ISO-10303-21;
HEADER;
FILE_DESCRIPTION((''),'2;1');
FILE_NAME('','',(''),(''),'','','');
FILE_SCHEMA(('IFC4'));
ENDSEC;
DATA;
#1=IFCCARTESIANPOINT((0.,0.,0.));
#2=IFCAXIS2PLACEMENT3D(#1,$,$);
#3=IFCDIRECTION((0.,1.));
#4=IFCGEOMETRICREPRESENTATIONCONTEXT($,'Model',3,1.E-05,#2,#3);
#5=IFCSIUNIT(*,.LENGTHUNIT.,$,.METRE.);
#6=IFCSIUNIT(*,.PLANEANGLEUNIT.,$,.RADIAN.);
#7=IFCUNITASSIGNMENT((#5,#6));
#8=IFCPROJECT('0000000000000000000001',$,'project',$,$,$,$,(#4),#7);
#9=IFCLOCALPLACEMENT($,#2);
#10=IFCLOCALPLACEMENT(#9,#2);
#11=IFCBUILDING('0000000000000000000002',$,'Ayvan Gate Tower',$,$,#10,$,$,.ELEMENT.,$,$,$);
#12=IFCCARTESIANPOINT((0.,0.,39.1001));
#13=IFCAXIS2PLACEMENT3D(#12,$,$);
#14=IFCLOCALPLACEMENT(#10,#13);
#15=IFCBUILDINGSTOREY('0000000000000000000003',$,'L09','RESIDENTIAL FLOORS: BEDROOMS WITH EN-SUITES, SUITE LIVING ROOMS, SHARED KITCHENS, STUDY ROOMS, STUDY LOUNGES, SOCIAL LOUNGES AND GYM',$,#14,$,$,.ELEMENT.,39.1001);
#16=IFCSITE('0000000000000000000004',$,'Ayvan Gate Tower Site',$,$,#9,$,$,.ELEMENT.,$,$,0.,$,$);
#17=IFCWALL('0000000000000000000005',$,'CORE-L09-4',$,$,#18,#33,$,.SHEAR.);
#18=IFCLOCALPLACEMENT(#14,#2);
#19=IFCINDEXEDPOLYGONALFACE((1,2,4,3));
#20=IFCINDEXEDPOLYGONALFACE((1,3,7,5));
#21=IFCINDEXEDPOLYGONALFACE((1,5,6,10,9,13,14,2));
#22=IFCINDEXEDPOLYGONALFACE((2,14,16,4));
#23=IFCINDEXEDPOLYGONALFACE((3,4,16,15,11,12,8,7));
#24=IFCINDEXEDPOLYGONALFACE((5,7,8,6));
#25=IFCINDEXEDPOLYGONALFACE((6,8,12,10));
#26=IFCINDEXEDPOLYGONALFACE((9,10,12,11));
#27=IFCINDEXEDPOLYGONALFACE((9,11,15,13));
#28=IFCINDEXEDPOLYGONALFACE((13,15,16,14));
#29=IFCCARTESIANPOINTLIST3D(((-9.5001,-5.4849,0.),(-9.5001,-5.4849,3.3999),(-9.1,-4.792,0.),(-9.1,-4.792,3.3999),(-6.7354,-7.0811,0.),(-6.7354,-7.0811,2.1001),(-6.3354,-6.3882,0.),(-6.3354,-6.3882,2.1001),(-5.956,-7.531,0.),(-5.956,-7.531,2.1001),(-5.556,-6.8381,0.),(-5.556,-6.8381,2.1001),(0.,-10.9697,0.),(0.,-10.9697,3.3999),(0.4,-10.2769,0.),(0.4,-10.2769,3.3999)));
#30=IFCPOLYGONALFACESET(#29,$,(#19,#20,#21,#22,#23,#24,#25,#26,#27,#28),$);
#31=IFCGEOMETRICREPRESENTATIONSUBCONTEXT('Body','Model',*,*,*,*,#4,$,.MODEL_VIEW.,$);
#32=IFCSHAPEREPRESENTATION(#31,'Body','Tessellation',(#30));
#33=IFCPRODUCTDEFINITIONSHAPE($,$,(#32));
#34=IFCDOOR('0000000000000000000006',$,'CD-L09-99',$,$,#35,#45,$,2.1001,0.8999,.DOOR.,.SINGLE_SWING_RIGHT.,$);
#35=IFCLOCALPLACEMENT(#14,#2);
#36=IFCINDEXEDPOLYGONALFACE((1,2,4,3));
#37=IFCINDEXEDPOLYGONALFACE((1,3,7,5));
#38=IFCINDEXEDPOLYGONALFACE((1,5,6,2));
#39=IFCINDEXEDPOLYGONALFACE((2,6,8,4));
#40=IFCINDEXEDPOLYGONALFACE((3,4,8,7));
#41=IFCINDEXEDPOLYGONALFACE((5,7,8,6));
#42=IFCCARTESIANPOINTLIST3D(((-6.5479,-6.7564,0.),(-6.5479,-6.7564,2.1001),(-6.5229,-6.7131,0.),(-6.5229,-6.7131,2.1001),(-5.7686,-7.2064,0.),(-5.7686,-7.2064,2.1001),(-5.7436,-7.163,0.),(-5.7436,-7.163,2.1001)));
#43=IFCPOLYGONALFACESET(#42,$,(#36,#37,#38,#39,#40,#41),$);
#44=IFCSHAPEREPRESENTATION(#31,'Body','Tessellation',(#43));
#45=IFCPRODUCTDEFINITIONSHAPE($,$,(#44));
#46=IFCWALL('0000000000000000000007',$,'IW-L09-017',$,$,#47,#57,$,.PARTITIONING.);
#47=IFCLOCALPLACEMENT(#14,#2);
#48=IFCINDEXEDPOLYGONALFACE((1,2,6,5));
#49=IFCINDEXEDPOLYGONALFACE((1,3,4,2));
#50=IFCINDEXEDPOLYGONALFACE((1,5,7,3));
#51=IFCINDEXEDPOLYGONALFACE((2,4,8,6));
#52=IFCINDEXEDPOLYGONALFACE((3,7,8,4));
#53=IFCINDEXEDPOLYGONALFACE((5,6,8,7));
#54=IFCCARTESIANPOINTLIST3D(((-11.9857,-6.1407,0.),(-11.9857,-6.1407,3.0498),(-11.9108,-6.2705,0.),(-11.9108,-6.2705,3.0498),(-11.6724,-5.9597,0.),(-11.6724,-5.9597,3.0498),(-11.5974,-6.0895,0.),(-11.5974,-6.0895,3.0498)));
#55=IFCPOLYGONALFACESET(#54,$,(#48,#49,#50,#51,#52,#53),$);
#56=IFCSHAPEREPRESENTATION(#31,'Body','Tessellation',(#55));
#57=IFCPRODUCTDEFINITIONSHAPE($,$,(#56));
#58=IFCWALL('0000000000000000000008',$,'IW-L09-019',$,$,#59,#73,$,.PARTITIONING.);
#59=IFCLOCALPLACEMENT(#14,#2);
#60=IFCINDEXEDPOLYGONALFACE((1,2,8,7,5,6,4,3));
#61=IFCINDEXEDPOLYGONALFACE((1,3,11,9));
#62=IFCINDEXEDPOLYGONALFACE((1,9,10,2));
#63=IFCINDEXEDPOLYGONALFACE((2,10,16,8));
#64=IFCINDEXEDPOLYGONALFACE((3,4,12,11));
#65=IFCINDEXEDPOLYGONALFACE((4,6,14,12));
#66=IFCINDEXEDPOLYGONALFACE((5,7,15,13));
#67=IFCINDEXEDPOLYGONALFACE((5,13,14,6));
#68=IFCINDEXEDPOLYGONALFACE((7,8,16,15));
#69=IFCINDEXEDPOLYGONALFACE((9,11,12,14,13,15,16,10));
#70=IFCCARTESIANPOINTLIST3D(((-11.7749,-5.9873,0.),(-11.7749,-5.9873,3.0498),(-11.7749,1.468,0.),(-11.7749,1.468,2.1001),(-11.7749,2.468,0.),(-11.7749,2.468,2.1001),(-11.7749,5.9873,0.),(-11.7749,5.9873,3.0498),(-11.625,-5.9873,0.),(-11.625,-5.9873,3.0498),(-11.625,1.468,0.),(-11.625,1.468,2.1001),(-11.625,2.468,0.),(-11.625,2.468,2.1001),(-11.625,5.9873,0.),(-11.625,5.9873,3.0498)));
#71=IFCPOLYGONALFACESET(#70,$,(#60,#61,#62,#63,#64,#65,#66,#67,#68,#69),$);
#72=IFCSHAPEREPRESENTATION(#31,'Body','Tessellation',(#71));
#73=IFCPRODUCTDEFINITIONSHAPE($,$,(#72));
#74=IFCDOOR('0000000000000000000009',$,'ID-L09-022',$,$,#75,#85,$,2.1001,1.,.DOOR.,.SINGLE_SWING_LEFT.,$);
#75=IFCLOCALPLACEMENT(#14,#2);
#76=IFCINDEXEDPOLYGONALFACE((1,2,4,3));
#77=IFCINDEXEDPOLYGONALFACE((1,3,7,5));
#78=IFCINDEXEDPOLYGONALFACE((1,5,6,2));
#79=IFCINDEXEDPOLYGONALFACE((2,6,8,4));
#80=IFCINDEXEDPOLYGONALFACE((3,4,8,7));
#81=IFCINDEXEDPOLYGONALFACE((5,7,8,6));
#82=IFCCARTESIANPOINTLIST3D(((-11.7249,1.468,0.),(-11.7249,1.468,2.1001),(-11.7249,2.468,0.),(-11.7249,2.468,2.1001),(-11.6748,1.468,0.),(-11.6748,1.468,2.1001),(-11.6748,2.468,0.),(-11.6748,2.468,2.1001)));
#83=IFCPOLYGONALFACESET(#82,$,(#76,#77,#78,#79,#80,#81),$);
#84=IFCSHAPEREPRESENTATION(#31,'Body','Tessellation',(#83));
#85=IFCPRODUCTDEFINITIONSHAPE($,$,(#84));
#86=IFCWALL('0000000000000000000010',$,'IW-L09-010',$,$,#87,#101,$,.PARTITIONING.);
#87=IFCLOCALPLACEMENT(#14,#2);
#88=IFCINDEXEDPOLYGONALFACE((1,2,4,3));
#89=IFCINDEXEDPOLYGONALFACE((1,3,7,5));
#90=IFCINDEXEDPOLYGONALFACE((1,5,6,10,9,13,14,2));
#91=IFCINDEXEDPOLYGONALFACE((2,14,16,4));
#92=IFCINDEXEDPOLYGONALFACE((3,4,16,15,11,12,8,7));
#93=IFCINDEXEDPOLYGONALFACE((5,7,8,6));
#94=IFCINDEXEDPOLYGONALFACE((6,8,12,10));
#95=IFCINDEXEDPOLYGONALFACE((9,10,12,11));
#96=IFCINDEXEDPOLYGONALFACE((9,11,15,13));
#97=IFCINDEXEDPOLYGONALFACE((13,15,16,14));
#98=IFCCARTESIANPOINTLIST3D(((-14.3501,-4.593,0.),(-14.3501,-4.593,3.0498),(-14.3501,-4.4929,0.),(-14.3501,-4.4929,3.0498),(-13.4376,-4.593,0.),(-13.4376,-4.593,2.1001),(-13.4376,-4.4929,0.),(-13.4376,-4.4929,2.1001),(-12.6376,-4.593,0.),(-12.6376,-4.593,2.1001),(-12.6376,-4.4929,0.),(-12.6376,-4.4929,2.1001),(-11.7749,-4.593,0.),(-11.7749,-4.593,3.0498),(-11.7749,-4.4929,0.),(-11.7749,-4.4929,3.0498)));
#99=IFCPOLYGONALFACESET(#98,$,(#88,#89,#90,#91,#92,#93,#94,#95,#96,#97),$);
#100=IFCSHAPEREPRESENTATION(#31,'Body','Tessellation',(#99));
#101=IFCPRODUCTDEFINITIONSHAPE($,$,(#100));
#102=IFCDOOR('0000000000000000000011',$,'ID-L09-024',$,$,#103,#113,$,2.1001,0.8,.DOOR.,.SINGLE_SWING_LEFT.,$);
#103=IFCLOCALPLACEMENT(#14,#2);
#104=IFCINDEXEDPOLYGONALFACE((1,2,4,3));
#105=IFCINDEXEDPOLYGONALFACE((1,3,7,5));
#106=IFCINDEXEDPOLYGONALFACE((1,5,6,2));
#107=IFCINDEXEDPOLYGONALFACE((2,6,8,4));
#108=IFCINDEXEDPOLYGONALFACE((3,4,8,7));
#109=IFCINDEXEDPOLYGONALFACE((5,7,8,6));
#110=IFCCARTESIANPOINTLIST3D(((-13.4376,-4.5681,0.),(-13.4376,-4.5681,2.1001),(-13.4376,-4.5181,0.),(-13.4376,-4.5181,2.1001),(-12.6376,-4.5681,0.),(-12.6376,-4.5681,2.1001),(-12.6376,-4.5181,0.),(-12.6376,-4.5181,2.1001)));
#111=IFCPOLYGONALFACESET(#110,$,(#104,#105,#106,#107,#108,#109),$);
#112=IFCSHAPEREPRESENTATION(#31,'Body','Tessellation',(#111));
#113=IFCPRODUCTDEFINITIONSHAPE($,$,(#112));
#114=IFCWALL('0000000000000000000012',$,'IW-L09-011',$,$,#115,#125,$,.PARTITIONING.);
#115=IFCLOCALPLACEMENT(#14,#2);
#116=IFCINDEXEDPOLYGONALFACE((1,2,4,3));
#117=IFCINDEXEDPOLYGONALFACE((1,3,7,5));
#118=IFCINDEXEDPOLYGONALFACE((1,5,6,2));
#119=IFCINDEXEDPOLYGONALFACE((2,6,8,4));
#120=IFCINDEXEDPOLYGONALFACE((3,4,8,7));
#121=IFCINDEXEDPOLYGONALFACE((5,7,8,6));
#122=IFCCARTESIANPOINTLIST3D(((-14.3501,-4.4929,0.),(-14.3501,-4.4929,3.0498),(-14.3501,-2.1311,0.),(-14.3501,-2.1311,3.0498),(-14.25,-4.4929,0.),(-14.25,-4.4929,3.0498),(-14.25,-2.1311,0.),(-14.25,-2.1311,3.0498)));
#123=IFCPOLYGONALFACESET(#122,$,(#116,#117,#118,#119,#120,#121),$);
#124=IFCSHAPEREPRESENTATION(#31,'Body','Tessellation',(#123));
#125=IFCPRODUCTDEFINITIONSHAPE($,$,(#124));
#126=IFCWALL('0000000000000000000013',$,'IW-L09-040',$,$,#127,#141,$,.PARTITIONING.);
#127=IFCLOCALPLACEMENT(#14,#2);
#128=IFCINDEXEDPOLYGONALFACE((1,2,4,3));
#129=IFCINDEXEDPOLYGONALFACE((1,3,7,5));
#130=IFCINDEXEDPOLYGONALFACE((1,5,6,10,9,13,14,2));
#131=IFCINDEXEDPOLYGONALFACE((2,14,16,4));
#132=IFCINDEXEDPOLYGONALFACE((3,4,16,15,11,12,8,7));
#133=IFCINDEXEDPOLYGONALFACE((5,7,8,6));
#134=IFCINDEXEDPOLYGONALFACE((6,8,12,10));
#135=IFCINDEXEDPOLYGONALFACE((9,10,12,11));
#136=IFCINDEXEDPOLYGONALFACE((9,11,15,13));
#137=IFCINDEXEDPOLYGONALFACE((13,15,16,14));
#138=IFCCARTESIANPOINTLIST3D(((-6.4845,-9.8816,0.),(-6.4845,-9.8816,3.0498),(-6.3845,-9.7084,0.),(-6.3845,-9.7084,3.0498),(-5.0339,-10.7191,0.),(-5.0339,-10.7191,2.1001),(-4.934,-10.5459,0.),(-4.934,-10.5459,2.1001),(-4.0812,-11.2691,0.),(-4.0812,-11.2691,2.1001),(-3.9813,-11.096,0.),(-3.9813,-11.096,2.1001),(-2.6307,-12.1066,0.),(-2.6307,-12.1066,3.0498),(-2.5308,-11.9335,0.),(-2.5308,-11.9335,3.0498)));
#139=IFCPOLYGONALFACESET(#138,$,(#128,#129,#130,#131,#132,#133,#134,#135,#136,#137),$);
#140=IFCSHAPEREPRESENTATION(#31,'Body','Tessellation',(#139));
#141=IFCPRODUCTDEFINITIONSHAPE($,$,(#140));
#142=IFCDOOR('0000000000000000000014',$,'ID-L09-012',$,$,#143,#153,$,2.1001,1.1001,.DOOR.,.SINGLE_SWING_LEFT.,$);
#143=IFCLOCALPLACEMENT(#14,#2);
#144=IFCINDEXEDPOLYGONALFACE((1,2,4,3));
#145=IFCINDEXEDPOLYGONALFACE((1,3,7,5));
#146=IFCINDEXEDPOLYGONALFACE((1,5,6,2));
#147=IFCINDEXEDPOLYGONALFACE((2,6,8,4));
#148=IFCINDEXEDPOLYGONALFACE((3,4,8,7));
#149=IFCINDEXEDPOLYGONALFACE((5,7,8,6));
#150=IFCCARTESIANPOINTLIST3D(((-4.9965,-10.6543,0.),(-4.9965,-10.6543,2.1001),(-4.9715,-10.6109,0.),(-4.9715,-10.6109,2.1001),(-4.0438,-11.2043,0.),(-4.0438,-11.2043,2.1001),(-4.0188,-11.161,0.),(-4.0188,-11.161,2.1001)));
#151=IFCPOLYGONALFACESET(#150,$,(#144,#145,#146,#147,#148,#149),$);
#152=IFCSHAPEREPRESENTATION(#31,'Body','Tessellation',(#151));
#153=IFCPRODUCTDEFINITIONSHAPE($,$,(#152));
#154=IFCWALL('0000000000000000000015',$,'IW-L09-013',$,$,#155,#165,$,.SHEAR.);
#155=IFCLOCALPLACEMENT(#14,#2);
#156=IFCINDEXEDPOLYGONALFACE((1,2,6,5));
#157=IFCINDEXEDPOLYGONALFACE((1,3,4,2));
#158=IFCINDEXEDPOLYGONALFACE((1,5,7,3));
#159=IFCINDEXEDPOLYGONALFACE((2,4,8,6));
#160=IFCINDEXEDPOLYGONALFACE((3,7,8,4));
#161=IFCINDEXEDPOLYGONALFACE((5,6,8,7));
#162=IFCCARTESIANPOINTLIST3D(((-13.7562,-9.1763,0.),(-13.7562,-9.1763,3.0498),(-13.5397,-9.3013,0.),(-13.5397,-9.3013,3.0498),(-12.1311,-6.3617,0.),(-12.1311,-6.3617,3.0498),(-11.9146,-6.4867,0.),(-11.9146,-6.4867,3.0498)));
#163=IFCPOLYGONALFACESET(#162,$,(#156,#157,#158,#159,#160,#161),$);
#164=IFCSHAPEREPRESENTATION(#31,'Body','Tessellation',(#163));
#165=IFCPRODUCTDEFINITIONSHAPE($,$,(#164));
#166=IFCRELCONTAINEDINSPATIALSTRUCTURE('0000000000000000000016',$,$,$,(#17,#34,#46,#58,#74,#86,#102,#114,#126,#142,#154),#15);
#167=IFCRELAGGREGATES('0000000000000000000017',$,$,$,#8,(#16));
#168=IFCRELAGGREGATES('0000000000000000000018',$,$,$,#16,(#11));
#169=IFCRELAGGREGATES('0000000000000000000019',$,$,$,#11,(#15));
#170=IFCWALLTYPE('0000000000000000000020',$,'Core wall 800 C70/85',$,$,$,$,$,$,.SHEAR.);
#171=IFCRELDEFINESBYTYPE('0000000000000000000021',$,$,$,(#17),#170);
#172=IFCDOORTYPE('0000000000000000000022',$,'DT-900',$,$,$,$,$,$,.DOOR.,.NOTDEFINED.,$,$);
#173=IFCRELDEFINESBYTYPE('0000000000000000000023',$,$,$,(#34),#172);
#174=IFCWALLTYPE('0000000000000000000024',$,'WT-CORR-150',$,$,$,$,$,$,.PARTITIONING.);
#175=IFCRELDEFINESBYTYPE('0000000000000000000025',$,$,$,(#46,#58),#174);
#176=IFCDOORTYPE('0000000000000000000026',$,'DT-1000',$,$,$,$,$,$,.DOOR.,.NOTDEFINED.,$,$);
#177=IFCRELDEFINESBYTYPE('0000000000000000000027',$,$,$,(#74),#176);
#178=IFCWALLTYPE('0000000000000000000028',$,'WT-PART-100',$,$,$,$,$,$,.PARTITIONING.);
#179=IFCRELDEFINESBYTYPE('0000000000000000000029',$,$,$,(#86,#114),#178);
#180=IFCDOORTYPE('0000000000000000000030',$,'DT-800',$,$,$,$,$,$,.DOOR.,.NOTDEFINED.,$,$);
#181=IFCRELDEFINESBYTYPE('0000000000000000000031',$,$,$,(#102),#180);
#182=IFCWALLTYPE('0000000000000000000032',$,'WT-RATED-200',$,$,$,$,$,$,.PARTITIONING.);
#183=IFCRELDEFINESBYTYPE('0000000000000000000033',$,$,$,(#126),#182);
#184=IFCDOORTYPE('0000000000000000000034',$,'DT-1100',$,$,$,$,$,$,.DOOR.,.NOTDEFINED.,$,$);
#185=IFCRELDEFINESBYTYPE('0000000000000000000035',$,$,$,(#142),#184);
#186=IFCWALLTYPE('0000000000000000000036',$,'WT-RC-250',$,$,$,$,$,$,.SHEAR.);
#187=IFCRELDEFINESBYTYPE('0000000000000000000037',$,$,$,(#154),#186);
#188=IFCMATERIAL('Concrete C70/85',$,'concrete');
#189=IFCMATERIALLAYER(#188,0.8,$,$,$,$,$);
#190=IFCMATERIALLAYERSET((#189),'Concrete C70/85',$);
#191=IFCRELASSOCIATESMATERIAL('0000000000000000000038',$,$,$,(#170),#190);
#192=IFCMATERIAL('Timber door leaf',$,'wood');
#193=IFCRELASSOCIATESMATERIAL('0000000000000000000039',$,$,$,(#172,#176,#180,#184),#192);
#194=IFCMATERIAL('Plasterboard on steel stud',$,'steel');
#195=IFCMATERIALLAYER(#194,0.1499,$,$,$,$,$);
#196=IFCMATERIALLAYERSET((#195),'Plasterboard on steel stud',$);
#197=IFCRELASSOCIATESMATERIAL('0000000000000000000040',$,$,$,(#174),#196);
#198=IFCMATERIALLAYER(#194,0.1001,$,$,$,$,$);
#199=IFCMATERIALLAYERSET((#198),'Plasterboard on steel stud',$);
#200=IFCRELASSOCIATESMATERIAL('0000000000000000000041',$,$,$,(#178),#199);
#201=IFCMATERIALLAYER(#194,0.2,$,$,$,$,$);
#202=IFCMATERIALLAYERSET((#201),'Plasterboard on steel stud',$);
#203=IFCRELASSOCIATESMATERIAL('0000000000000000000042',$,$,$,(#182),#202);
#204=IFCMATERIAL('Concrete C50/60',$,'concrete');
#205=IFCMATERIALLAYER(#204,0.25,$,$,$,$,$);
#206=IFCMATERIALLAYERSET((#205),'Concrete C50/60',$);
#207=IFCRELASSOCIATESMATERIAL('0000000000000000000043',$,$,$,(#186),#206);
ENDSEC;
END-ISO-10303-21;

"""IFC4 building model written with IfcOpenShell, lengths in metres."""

from ifc_helpers import new_model, si_unit, direction, frame, frame_2d, origin, place, context, subcontext, project, spatial, rectangle, extrude, material, layer, layer_set, type_object, element, fill, save


model = new_model("IFC4")

# Units and contexts
model_context = context("Model", 3, precision=1e-05, world=origin(), true_north=direction((0.0, 1.0)))
body_context = subcontext(model_context, "Body", "Model", "MODEL_VIEW")
ifc_project = project(units=[si_unit("LENGTHUNIT", "METRE"), si_unit("PLANEANGLEUNIT", "RADIAN")], contexts=[model_context])

# Site, building, storey
site_placement = place(None, origin())
site = spatial("IfcSite", under=ifc_project, at=site_placement, Name="Ayvan Gate Tower Site", CompositionType="ELEMENT", RefElevation=0.0)
building_placement = place(site_placement, origin())
building = spatial("IfcBuilding", under=site, at=building_placement, Name="Ayvan Gate Tower", CompositionType="ELEMENT")
storey_placement = place(building_placement, frame((0.0, 0.0, 39.1001)))
storey = spatial("IfcBuildingStorey", under=building, at=storey_placement, Name="L09", Description="RESIDENTIAL FLOORS: BEDROOMS WITH EN-SUITES, SUITE LIVING ROOMS, SHARED KITCHENS, STUDY ROOMS, STUDY LOUNGES, SOCIAL LOUNGES AND GYM", CompositionType="ELEMENT", Elevation=39.1001)

# Wall, opening, door
ifc_material_1 = material(Name="Concrete C70/85", Category="concrete")
ifc_layer_1 = layer(ifc_material_1, 0.8)
ifc_layer_set_1 = layer_set([ifc_layer_1], Name="Concrete C70/85")
wall_type_1 = type_object("IfcWallType", Name="Core wall 800 C70/85", PredefinedType="SHEAR", material=ifc_layer_set_1)
wall_1_placement = place(storey_placement, frame((-9.3, -5.1384, 0.0), z_axis=(0.0, 0.0, 1.0), x_axis=(0.866024, -0.500002, 0.0)))
wall_1 = element("IfcWall", 1, at=wall_1_placement, inside=storey, type_object=wall_type_1, Name="CORE-L09-4", PredefinedType="SHEAR", context=body_context, shape_type="SweptSolid", body=[
    extrude(rectangle(XDim=10.9697, YDim=0.8, at=frame_2d((5.4849, 0.0))), origin(), (0.0, 0.0, 1.0), 3.3999),
])
opening_1_placement = place(wall_1_placement, frame((3.1924, 0.0, 0.0)))
opening_1 = element("IfcOpeningElement", 2, at=opening_1_placement, cuts=wall_1, PredefinedType="OPENING", context=body_context, shape_type="SweptSolid", body=[
    extrude(rectangle(XDim=0.8999, YDim=2.1001, at=frame_2d((0.45, 1.05))), frame((0.0, 0.4099, 0.0), z_axis=(0.0, -1.0, 0.0), x_axis=(1.0, 0.0, 0.0)), (0.0, 0.0, 1.0), 0.8201),
])
ifc_material_2 = material(Name="Timber door leaf", Category="wood")
door_type_1 = type_object("IfcDoorType", Name="DT-900", OperationType="NOTDEFINED", PredefinedType="DOOR", material=ifc_material_2)
door_1_placement = place(opening_1_placement, origin())
door_1 = element("IfcDoor", 3, at=door_1_placement, inside=storey, type_object=door_type_1, Name="CD-L09-99", OperationType="SINGLE_SWING_RIGHT", OverallHeight=2.1001, OverallWidth=0.8999, PredefinedType="DOOR", context=body_context, shape_type="SweptSolid", body=[
    extrude(rectangle(XDim=0.8999, YDim=2.1001, at=frame_2d((0.45, 1.05))), frame((0.0, 0.0249, 0.0), z_axis=(0.0, -1.0, 0.0), x_axis=(1.0, 0.0, 0.0)), (0.0, 0.0, 1.0), 0.05),
])
fill(opening_1, door_1)

# Wall
ifc_material_3 = material(Name="Plasterboard on steel stud", Category="steel")
ifc_layer_2 = layer(ifc_material_3, 0.1499)
ifc_layer_set_2 = layer_set([ifc_layer_2], Name="Plasterboard on steel stud")
wall_type_2 = type_object("IfcWallType", Name="WT-CORR-150", PredefinedType="PARTITIONING", material=ifc_layer_set_2)
wall_2_placement = place(storey_placement, frame((-11.9482, -6.2056, 0.0), z_axis=(0.0, 0.0, 1.0), x_axis=(0.86595, 0.500131, 0.0)))
element("IfcWall", 4, at=wall_2_placement, inside=storey, type_object=wall_type_2, Name="IW-L09-017", PredefinedType="PARTITIONING", context=body_context, shape_type="SweptSolid", body=[
    extrude(rectangle(XDim=0.3618, YDim=0.1499, at=frame_2d((0.1809, 0.0))), origin(), (0.0, 0.0, 1.0), 3.0498),
])

# Walls, openings, doors
wall_3_placement = place(storey_placement, frame((-11.7, -5.9873, 0.0), z_axis=(0.0, 0.0, 1.0), x_axis=(0.0, 1.0, 0.0)))
wall_3 = element("IfcWall", 5, at=wall_3_placement, inside=storey, type_object=wall_type_2, Name="IW-L09-019", PredefinedType="PARTITIONING", context=body_context, shape_type="SweptSolid", body=[
    extrude(rectangle(XDim=11.9746, YDim=0.1499, at=frame_2d((5.9873, 0.0))), origin(), (0.0, 0.0, 1.0), 3.0498),
])
opening_2_placement = place(wall_3_placement, frame((7.4553, 0.0, 0.0)))
opening_2 = element("IfcOpeningElement", 6, at=opening_2_placement, cuts=wall_3, PredefinedType="OPENING", context=body_context, shape_type="SweptSolid", body=[
    extrude(rectangle(XDim=1.0, YDim=2.1001, at=frame_2d((0.5, 1.05))), frame((0.0, 0.085, 0.0), z_axis=(0.0, -1.0, 0.0), x_axis=(1.0, 0.0, 0.0)), (0.0, 0.0, 1.0), 0.1699),
])
door_type_2 = type_object("IfcDoorType", Name="DT-1000", OperationType="NOTDEFINED", PredefinedType="DOOR", material=ifc_material_2)
door_2_placement = place(opening_2_placement, origin())
door_2 = element("IfcDoor", 7, at=door_2_placement, inside=storey, type_object=door_type_2, Name="ID-L09-022", OperationType="SINGLE_SWING_LEFT", OverallHeight=2.1001, OverallWidth=1.0, PredefinedType="DOOR", context=body_context, shape_type="SweptSolid", body=[
    extrude(rectangle(XDim=1.0, YDim=2.1001, at=frame_2d((0.5, 1.05))), frame((0.0, 0.0249, 0.0), z_axis=(0.0, -1.0, 0.0), x_axis=(1.0, 0.0, 0.0)), (0.0, 0.0, 1.0), 0.05),
])
fill(opening_2, door_2)
ifc_layer_3 = layer(ifc_material_3, 0.1001)
ifc_layer_set_3 = layer_set([ifc_layer_3], Name="Plasterboard on steel stud")
wall_type_3 = type_object("IfcWallType", Name="WT-PART-100", PredefinedType="PARTITIONING", material=ifc_layer_set_3)
wall_4_placement = place(storey_placement, frame((-14.3501, -4.543, 0.0), z_axis=(0.0, 0.0, 1.0), x_axis=(1.0, 0.0, 0.0)))
wall_4 = element("IfcWall", 8, at=wall_4_placement, inside=storey, type_object=wall_type_3, Name="IW-L09-010", PredefinedType="PARTITIONING", context=body_context, shape_type="SweptSolid", body=[
    extrude(rectangle(XDim=2.5752, YDim=0.1001, at=frame_2d((1.2876, 0.0))), origin(), (0.0, 0.0, 1.0), 3.0498),
])
opening_3_placement = place(wall_4_placement, frame((0.9126, 0.0, 0.0)))
opening_3 = element("IfcOpeningElement", 9, at=opening_3_placement, cuts=wall_4, PredefinedType="OPENING", context=body_context, shape_type="SweptSolid", body=[
    extrude(rectangle(XDim=0.8, YDim=2.1001, at=frame_2d((0.3999, 1.05))), frame((0.0, 0.0601, 0.0), z_axis=(0.0, -1.0, 0.0), x_axis=(1.0, 0.0, 0.0)), (0.0, 0.0, 1.0), 0.1201),
])
door_type_3 = type_object("IfcDoorType", Name="DT-800", OperationType="NOTDEFINED", PredefinedType="DOOR", material=ifc_material_2)
door_3_placement = place(opening_3_placement, origin())
door_3 = element("IfcDoor", 10, at=door_3_placement, inside=storey, type_object=door_type_3, Name="ID-L09-024", OperationType="SINGLE_SWING_LEFT", OverallHeight=2.1001, OverallWidth=0.8, PredefinedType="DOOR", context=body_context, shape_type="SweptSolid", body=[
    extrude(rectangle(XDim=0.8, YDim=2.1001, at=frame_2d((0.3999, 1.05))), frame((0.0, 0.0249, 0.0), z_axis=(0.0, -1.0, 0.0), x_axis=(1.0, 0.0, 0.0)), (0.0, 0.0, 1.0), 0.05),
])
fill(opening_3, door_3)

# Wall
wall_5_placement = place(storey_placement, frame((-14.3, -2.1311, 0.0), z_axis=(0.0, 0.0, 1.0), x_axis=(0.0, -1.0, 0.0)))
element("IfcWall", 11, at=wall_5_placement, inside=storey, type_object=wall_type_3, Name="IW-L09-011", PredefinedType="PARTITIONING", context=body_context, shape_type="SweptSolid", body=[
    extrude(rectangle(XDim=2.3618, YDim=0.1001, at=frame_2d((1.1809, 0.0))), origin(), (0.0, 0.0, 1.0), 3.0498),
])

# Wall, opening, door
ifc_layer_4 = layer(ifc_material_3, 0.2)
ifc_layer_set_4 = layer_set([ifc_layer_4], Name="Plasterboard on steel stud")
wall_type_4 = type_object("IfcWallType", Name="WT-RATED-200", PredefinedType="PARTITIONING", material=ifc_layer_set_4)
wall_6_placement = place(storey_placement, frame((-6.4346, -9.7949, 0.0), z_axis=(0.0, 0.0, 1.0), x_axis=(0.866013, -0.500022, 0.0)))
wall_6 = element("IfcWall", 12, at=wall_6_placement, inside=storey, type_object=wall_type_4, Name="IW-L09-040", PredefinedType="PARTITIONING", context=body_context, shape_type="SweptSolid", body=[
    extrude(rectangle(XDim=4.45, YDim=0.2, at=frame_2d((2.2251, 0.0))), origin(), (0.0, 0.0, 1.0), 3.0498),
])
opening_4_placement = place(wall_6_placement, frame((1.675, 0.0, 0.0)))
opening_4 = element("IfcOpeningElement", 13, at=opening_4_placement, cuts=wall_6, PredefinedType="OPENING", context=body_context, shape_type="SweptSolid", body=[
    extrude(rectangle(XDim=1.1001, YDim=2.1001, at=frame_2d((0.55, 1.05))), frame((0.0, 0.1099, 0.0), z_axis=(0.0, -1.0, 0.0), x_axis=(1.0, 0.0, 0.0)), (0.0, 0.0, 1.0), 0.22),
])
door_type_4 = type_object("IfcDoorType", Name="DT-1100", OperationType="NOTDEFINED", PredefinedType="DOOR", material=ifc_material_2)
door_4_placement = place(opening_4_placement, origin())
door_4 = element("IfcDoor", 14, at=door_4_placement, inside=storey, type_object=door_type_4, Name="ID-L09-012", OperationType="SINGLE_SWING_LEFT", OverallHeight=2.1001, OverallWidth=1.1001, PredefinedType="DOOR", context=body_context, shape_type="SweptSolid", body=[
    extrude(rectangle(XDim=1.1001, YDim=2.1001, at=frame_2d((0.55, 1.05))), frame((0.0, 0.0249, 0.0), z_axis=(0.0, -1.0, 0.0), x_axis=(1.0, 0.0, 0.0)), (0.0, 0.0, 1.0), 0.05),
])
fill(opening_4, door_4)

# Wall
ifc_material_4 = material(Name="Concrete C50/60", Category="concrete")
ifc_layer_5 = layer(ifc_material_4, 0.25)
ifc_layer_set_5 = layer_set([ifc_layer_5], Name="Concrete C50/60")
wall_type_5 = type_object("IfcWallType", Name="WT-RC-250", PredefinedType="SHEAR", material=ifc_layer_set_5)
wall_7_placement = place(storey_placement, frame((-13.6479, -9.2388, 0.0), z_axis=(0.0, 0.0, 1.0), x_axis=(0.500017, 0.866015, 0.0)))
element("IfcWall", 15, at=wall_7_placement, inside=storey, type_object=wall_type_5, Name="IW-L09-013", PredefinedType="SHEAR", context=body_context, shape_type="SweptSolid", body=[
    extrude(rectangle(XDim=3.25, YDim=0.25, at=frame_2d((1.625, 0.0))), origin(), (0.0, 0.0, 1.0), 3.0498),
])

save(model, "model.ifc")
